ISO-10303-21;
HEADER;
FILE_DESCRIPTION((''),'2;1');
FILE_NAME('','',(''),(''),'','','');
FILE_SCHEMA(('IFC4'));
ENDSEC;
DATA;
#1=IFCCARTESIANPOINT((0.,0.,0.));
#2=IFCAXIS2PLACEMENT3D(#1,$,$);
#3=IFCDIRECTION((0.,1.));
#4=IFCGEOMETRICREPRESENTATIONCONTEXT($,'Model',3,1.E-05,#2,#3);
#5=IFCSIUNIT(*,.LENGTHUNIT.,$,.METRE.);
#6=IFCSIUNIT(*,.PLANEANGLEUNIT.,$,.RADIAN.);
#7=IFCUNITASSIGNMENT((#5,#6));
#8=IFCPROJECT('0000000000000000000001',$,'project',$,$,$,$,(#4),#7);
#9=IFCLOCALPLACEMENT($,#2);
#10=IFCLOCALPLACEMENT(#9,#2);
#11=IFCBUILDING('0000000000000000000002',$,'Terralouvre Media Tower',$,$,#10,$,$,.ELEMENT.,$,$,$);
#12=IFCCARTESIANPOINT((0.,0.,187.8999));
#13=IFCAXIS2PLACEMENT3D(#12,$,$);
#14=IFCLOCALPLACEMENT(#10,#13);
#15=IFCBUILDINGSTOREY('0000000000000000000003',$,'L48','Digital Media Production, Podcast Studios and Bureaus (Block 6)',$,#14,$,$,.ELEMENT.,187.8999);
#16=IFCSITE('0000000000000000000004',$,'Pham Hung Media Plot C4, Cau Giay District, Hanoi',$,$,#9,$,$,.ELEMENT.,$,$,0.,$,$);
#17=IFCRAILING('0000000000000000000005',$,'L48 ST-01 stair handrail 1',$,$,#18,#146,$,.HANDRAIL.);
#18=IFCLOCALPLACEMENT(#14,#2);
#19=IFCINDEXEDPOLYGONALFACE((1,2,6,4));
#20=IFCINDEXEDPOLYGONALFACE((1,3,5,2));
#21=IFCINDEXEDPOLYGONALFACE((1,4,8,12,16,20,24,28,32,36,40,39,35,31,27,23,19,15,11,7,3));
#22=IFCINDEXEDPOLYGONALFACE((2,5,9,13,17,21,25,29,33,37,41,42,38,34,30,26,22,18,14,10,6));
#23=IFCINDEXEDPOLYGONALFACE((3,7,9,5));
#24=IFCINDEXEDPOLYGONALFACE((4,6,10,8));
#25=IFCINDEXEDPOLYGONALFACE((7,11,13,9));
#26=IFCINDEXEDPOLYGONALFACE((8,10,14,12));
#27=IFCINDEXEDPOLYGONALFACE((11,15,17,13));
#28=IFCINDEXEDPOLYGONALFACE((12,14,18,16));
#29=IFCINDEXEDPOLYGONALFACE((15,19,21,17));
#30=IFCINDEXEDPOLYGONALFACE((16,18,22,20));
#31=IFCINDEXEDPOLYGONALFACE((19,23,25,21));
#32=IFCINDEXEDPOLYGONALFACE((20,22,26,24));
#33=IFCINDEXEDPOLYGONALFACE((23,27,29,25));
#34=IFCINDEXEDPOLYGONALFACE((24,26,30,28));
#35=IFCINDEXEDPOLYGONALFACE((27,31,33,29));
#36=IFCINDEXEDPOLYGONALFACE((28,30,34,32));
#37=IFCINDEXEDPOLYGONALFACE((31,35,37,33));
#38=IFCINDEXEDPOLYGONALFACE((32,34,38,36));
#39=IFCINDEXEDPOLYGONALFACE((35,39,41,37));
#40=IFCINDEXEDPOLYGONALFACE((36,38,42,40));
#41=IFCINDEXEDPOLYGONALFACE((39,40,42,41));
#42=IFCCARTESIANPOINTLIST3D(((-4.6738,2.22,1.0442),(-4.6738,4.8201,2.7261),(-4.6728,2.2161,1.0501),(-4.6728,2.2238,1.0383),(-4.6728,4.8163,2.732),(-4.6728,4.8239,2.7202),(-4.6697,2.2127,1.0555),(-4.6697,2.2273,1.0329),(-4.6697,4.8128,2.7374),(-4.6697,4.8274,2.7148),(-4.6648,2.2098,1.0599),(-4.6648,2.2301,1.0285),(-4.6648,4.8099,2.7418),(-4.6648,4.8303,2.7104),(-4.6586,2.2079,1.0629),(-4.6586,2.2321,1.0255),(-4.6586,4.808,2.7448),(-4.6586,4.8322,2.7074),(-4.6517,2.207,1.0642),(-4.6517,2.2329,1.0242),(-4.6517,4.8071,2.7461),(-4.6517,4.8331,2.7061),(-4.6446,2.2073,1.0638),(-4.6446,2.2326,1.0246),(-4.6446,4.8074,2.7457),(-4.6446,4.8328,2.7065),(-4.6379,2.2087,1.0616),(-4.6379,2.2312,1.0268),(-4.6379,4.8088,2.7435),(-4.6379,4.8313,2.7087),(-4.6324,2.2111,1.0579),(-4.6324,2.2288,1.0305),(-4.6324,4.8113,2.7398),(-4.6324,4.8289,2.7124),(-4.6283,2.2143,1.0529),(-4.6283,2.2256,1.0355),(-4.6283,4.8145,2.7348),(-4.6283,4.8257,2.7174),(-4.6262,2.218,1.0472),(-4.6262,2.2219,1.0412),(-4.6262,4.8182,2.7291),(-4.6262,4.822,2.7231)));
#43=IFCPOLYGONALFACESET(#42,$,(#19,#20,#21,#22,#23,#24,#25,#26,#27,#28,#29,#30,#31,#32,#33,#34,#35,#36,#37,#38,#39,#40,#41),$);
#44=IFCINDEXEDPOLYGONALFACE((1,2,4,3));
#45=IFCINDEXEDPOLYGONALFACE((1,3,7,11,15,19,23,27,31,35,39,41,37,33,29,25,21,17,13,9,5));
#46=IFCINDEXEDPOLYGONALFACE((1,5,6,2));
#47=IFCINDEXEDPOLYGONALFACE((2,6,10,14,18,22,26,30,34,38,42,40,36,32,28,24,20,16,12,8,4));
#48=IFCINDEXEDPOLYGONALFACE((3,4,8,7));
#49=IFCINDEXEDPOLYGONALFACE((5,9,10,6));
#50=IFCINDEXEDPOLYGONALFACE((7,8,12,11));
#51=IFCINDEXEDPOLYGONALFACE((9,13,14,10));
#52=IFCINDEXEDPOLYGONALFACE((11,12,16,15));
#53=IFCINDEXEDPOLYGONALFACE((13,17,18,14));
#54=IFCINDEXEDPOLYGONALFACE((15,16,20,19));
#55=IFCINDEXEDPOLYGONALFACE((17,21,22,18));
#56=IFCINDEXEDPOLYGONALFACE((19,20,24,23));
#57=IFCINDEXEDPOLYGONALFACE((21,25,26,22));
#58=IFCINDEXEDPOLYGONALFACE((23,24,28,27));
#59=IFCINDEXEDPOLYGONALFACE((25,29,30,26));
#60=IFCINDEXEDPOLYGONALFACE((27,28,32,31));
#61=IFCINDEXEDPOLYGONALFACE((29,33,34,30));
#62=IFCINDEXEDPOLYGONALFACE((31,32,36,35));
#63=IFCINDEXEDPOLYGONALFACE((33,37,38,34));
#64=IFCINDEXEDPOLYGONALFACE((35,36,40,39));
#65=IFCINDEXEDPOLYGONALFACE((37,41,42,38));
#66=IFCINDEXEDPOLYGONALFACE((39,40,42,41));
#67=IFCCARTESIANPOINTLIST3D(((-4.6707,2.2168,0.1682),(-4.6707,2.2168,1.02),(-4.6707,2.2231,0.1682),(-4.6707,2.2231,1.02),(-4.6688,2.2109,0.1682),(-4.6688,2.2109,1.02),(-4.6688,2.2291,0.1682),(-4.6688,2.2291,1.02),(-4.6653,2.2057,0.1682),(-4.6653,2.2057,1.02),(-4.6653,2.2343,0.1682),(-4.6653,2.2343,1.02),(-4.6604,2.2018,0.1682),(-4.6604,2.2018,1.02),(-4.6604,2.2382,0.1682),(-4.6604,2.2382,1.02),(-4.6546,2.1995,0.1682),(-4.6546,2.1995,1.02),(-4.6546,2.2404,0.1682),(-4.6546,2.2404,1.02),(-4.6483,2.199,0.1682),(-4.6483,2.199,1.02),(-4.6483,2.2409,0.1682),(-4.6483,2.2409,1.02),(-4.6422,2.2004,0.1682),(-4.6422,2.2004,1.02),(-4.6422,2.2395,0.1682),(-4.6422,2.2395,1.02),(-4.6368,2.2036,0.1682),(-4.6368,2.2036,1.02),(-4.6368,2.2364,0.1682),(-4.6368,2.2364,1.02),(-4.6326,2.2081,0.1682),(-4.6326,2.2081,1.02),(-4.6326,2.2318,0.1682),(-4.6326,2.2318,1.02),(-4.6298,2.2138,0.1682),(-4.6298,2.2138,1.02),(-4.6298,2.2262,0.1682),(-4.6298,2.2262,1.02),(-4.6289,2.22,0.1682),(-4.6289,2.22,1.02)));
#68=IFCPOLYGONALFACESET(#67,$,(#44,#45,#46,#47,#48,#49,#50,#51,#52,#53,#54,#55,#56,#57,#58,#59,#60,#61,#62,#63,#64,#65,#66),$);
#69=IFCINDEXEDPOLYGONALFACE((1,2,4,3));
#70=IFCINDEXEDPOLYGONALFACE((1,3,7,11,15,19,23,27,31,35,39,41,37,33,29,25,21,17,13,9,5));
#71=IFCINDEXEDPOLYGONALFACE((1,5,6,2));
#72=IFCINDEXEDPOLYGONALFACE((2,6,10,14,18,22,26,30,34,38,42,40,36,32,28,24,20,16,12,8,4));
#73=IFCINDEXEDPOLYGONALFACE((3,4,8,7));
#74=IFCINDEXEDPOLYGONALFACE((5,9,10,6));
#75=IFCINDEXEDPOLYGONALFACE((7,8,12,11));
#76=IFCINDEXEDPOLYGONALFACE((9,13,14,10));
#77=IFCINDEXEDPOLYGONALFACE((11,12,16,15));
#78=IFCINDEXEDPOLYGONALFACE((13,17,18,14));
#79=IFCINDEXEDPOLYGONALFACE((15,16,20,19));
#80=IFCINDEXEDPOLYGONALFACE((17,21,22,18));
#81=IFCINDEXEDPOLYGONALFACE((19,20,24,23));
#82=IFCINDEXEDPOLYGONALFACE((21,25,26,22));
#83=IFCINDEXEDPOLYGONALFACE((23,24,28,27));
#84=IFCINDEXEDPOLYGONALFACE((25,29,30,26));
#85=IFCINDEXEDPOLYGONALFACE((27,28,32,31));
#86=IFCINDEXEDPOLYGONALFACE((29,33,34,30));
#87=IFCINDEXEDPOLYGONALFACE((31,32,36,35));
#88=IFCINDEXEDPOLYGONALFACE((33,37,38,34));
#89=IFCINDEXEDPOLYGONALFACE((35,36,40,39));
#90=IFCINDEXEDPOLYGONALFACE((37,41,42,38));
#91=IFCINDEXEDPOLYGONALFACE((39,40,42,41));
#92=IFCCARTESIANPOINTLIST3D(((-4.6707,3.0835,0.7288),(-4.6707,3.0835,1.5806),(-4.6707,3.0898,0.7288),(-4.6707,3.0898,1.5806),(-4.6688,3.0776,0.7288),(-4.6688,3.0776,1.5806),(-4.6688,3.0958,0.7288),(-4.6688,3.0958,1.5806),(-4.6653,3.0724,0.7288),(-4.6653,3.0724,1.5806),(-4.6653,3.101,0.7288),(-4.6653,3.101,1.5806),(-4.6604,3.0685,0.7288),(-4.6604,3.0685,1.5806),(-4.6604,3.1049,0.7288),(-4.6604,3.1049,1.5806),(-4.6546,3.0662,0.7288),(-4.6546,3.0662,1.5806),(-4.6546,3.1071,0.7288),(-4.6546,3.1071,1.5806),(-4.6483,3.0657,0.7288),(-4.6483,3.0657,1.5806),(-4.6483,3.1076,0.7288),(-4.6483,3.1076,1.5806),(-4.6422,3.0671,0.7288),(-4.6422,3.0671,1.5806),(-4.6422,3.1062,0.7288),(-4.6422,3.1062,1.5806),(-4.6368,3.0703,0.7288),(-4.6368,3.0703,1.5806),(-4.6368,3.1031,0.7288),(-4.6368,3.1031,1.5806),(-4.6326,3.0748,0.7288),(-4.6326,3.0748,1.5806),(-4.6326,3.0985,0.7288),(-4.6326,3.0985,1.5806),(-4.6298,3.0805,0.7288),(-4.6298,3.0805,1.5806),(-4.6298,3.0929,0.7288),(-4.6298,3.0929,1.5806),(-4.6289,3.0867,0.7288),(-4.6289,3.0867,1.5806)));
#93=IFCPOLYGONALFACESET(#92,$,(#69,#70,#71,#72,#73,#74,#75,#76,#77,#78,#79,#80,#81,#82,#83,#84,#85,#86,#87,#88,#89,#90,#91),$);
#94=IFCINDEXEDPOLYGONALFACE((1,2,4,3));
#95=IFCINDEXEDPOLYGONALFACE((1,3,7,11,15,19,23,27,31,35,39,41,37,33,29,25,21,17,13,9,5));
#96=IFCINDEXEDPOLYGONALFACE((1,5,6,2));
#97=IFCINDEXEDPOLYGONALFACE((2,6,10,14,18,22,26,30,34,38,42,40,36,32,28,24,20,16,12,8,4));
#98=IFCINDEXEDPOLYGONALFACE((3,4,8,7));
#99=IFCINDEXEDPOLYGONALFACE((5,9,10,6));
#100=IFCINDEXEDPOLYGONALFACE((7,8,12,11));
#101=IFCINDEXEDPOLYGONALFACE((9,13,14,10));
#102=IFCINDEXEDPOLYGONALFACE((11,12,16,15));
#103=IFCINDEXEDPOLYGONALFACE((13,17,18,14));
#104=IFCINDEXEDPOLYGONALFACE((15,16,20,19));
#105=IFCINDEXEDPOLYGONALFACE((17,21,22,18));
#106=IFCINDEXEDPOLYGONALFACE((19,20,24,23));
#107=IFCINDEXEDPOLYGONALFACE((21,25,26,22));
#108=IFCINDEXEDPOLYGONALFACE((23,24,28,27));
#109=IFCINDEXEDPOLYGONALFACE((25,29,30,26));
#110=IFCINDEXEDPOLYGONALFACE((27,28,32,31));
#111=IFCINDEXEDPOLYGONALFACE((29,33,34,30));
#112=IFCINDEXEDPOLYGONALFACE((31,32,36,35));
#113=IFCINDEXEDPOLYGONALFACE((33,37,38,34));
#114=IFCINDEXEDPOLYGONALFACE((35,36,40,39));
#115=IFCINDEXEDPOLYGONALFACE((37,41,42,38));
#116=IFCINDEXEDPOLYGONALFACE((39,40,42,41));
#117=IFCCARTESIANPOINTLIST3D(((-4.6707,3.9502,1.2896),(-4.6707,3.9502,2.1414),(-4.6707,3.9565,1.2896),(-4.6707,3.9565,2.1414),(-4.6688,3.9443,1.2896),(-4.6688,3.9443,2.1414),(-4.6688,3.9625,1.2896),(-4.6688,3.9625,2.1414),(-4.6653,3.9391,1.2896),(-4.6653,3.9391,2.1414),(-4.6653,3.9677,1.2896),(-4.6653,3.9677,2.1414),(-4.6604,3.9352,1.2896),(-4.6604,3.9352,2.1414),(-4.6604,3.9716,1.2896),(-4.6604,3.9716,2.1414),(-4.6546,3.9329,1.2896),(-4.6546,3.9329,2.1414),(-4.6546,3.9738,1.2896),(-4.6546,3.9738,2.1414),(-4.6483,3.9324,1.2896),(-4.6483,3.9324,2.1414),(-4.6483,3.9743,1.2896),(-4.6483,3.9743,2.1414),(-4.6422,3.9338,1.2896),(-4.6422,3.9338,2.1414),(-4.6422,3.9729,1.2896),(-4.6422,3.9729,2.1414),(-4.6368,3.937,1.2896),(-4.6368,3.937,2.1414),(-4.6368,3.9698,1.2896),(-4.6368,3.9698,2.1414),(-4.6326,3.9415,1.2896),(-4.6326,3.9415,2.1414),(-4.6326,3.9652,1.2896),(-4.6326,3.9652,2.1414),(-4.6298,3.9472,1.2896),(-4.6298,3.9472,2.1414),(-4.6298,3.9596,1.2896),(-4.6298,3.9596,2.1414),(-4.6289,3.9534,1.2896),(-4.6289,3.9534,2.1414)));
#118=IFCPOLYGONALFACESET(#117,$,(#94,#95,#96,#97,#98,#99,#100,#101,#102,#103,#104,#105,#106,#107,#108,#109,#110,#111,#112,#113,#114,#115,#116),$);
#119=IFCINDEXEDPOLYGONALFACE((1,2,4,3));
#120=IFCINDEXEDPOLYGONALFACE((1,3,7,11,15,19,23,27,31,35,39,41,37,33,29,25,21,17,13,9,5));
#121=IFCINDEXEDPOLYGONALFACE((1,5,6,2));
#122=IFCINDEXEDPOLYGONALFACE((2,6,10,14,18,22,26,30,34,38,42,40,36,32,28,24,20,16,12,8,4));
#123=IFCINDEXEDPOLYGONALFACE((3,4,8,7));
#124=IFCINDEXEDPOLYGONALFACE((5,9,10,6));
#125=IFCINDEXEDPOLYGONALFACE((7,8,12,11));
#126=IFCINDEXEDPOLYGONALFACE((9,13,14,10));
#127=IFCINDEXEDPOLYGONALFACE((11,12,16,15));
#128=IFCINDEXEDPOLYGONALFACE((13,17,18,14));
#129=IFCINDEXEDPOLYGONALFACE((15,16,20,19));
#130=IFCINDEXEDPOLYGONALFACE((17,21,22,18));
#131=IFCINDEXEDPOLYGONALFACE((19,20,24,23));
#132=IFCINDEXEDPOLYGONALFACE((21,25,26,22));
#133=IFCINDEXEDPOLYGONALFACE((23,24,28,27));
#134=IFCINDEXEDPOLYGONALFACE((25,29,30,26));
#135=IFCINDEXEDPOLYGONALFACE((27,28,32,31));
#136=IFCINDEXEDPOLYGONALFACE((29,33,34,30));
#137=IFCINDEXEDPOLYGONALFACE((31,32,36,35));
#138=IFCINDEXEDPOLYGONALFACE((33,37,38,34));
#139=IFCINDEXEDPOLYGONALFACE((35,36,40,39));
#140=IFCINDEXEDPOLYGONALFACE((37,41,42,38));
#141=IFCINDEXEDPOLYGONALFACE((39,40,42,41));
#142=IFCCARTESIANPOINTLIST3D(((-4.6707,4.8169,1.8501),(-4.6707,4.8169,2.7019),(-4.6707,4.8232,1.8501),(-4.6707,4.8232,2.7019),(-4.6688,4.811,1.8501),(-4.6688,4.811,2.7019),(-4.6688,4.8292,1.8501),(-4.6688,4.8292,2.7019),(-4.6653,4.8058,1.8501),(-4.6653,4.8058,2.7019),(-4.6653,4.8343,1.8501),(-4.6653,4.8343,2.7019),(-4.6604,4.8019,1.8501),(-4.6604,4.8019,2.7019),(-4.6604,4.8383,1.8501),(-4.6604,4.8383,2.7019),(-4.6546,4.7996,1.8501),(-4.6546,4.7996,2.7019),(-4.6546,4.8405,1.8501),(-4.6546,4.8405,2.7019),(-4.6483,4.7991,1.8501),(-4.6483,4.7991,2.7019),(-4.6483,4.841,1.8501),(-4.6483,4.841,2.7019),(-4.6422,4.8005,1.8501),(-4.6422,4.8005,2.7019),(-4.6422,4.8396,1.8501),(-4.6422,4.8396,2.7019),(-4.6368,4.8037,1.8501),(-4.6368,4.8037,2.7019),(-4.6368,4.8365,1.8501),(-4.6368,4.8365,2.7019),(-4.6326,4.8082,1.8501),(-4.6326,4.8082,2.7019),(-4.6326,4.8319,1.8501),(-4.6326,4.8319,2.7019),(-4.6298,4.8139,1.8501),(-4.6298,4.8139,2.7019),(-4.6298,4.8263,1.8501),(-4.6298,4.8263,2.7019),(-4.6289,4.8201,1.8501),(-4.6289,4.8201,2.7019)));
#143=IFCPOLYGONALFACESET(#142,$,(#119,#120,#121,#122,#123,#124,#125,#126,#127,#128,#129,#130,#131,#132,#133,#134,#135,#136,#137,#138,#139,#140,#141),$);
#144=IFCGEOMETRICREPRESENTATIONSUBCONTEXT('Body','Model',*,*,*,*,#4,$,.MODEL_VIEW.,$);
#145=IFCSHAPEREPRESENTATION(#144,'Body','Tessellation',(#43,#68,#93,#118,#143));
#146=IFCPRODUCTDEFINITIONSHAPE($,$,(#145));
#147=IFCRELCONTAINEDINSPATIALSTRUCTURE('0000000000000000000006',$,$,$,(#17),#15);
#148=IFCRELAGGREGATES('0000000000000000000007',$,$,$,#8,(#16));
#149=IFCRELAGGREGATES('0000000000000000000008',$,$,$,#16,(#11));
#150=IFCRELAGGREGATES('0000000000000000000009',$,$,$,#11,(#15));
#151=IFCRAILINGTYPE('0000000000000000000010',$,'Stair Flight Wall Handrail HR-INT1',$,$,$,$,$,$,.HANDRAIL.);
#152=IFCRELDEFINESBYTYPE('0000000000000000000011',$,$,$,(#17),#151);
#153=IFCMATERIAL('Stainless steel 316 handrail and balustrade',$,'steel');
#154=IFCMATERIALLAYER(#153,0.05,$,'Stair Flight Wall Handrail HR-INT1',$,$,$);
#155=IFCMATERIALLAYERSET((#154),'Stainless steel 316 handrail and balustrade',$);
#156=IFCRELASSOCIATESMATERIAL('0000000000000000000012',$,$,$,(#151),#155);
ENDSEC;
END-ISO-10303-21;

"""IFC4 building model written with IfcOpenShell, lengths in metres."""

from ifc_helpers import new_model, si_unit, direction, frame, origin, origin_2d, place, context, subcontext, project, spatial, circle, extrude, material, layer, layer_set, type_object, element, save


model = new_model("IFC4")

# Units and contexts
model_context = context("Model", 3, precision=1e-05, world=origin(), true_north=direction((0.0, 1.0)))
body_context = subcontext(model_context, "Body", "Model", "MODEL_VIEW")
ifc_project = project(units=[si_unit("LENGTHUNIT", "METRE"), si_unit("PLANEANGLEUNIT", "RADIAN")], contexts=[model_context])

# Site, building, storey
site_placement = place(None, origin())
site = spatial("IfcSite", under=ifc_project, at=site_placement, Name="Pham Hung Media Plot C4, Cau Giay District, Hanoi", CompositionType="ELEMENT", RefElevation=0.0)
building_placement = place(site_placement, origin())
building = spatial("IfcBuilding", under=site, at=building_placement, Name="Terralouvre Media Tower", CompositionType="ELEMENT")
storey_placement = place(building_placement, frame((0.0, 0.0, 187.8999)))
storey = spatial("IfcBuildingStorey", under=building, at=storey_placement, Name="L48", Description="Digital Media Production, Podcast Studios and Bureaus (Block 6)", CompositionType="ELEMENT", Elevation=187.8999)

# Railing
ifc_material_1 = material(Name="Stainless steel 316 handrail and balustrade", Category="steel")
ifc_layer_1 = layer(ifc_material_1, 0.05, Name="Stair Flight Wall Handrail HR-INT1")
ifc_layer_set_1 = layer_set([ifc_layer_1], Name="Stainless steel 316 handrail and balustrade")
railing_type_1 = type_object("IfcRailingType", Name="Stair Flight Wall Handrail HR-INT1", PredefinedType="HANDRAIL", material=ifc_layer_set_1)
railing_1_placement = place(storey_placement, frame((-4.6499, 2.22, 0.1682)))
element("IfcRailing", 1, at=railing_1_placement, inside=storey, type_object=railing_type_1, Name="L48 ST-01 stair handrail 1", PredefinedType="HANDRAIL", context=body_context, shape_type="SweptSolid", body=[
    extrude(circle(Radius=0.0239, at=origin_2d()), frame((0.0, 0.0, 0.876), z_axis=(0.0, 0.839648, 0.54313), x_axis=(-1.0, 0.0, 0.0)), (0.0, 0.0, 1.0), 3.0967),
    extrude(circle(Radius=0.021, at=origin_2d()), origin(), (0.0, 0.0, 1.0), 0.8518),
    extrude(circle(Radius=0.021, at=origin_2d()), frame((0.0, 0.8667, 0.5605)), (0.0, 0.0, 1.0), 0.8518),
    extrude(circle(Radius=0.021, at=origin_2d()), frame((0.0, 1.7334, 1.1213)), (0.0, 0.0, 1.0), 0.8518),
    extrude(circle(Radius=0.021, at=origin_2d()), frame((0.0, 2.6001, 1.6819)), (0.0, 0.0, 1.0), 0.8518),
])

save(model, "model.ifc")
